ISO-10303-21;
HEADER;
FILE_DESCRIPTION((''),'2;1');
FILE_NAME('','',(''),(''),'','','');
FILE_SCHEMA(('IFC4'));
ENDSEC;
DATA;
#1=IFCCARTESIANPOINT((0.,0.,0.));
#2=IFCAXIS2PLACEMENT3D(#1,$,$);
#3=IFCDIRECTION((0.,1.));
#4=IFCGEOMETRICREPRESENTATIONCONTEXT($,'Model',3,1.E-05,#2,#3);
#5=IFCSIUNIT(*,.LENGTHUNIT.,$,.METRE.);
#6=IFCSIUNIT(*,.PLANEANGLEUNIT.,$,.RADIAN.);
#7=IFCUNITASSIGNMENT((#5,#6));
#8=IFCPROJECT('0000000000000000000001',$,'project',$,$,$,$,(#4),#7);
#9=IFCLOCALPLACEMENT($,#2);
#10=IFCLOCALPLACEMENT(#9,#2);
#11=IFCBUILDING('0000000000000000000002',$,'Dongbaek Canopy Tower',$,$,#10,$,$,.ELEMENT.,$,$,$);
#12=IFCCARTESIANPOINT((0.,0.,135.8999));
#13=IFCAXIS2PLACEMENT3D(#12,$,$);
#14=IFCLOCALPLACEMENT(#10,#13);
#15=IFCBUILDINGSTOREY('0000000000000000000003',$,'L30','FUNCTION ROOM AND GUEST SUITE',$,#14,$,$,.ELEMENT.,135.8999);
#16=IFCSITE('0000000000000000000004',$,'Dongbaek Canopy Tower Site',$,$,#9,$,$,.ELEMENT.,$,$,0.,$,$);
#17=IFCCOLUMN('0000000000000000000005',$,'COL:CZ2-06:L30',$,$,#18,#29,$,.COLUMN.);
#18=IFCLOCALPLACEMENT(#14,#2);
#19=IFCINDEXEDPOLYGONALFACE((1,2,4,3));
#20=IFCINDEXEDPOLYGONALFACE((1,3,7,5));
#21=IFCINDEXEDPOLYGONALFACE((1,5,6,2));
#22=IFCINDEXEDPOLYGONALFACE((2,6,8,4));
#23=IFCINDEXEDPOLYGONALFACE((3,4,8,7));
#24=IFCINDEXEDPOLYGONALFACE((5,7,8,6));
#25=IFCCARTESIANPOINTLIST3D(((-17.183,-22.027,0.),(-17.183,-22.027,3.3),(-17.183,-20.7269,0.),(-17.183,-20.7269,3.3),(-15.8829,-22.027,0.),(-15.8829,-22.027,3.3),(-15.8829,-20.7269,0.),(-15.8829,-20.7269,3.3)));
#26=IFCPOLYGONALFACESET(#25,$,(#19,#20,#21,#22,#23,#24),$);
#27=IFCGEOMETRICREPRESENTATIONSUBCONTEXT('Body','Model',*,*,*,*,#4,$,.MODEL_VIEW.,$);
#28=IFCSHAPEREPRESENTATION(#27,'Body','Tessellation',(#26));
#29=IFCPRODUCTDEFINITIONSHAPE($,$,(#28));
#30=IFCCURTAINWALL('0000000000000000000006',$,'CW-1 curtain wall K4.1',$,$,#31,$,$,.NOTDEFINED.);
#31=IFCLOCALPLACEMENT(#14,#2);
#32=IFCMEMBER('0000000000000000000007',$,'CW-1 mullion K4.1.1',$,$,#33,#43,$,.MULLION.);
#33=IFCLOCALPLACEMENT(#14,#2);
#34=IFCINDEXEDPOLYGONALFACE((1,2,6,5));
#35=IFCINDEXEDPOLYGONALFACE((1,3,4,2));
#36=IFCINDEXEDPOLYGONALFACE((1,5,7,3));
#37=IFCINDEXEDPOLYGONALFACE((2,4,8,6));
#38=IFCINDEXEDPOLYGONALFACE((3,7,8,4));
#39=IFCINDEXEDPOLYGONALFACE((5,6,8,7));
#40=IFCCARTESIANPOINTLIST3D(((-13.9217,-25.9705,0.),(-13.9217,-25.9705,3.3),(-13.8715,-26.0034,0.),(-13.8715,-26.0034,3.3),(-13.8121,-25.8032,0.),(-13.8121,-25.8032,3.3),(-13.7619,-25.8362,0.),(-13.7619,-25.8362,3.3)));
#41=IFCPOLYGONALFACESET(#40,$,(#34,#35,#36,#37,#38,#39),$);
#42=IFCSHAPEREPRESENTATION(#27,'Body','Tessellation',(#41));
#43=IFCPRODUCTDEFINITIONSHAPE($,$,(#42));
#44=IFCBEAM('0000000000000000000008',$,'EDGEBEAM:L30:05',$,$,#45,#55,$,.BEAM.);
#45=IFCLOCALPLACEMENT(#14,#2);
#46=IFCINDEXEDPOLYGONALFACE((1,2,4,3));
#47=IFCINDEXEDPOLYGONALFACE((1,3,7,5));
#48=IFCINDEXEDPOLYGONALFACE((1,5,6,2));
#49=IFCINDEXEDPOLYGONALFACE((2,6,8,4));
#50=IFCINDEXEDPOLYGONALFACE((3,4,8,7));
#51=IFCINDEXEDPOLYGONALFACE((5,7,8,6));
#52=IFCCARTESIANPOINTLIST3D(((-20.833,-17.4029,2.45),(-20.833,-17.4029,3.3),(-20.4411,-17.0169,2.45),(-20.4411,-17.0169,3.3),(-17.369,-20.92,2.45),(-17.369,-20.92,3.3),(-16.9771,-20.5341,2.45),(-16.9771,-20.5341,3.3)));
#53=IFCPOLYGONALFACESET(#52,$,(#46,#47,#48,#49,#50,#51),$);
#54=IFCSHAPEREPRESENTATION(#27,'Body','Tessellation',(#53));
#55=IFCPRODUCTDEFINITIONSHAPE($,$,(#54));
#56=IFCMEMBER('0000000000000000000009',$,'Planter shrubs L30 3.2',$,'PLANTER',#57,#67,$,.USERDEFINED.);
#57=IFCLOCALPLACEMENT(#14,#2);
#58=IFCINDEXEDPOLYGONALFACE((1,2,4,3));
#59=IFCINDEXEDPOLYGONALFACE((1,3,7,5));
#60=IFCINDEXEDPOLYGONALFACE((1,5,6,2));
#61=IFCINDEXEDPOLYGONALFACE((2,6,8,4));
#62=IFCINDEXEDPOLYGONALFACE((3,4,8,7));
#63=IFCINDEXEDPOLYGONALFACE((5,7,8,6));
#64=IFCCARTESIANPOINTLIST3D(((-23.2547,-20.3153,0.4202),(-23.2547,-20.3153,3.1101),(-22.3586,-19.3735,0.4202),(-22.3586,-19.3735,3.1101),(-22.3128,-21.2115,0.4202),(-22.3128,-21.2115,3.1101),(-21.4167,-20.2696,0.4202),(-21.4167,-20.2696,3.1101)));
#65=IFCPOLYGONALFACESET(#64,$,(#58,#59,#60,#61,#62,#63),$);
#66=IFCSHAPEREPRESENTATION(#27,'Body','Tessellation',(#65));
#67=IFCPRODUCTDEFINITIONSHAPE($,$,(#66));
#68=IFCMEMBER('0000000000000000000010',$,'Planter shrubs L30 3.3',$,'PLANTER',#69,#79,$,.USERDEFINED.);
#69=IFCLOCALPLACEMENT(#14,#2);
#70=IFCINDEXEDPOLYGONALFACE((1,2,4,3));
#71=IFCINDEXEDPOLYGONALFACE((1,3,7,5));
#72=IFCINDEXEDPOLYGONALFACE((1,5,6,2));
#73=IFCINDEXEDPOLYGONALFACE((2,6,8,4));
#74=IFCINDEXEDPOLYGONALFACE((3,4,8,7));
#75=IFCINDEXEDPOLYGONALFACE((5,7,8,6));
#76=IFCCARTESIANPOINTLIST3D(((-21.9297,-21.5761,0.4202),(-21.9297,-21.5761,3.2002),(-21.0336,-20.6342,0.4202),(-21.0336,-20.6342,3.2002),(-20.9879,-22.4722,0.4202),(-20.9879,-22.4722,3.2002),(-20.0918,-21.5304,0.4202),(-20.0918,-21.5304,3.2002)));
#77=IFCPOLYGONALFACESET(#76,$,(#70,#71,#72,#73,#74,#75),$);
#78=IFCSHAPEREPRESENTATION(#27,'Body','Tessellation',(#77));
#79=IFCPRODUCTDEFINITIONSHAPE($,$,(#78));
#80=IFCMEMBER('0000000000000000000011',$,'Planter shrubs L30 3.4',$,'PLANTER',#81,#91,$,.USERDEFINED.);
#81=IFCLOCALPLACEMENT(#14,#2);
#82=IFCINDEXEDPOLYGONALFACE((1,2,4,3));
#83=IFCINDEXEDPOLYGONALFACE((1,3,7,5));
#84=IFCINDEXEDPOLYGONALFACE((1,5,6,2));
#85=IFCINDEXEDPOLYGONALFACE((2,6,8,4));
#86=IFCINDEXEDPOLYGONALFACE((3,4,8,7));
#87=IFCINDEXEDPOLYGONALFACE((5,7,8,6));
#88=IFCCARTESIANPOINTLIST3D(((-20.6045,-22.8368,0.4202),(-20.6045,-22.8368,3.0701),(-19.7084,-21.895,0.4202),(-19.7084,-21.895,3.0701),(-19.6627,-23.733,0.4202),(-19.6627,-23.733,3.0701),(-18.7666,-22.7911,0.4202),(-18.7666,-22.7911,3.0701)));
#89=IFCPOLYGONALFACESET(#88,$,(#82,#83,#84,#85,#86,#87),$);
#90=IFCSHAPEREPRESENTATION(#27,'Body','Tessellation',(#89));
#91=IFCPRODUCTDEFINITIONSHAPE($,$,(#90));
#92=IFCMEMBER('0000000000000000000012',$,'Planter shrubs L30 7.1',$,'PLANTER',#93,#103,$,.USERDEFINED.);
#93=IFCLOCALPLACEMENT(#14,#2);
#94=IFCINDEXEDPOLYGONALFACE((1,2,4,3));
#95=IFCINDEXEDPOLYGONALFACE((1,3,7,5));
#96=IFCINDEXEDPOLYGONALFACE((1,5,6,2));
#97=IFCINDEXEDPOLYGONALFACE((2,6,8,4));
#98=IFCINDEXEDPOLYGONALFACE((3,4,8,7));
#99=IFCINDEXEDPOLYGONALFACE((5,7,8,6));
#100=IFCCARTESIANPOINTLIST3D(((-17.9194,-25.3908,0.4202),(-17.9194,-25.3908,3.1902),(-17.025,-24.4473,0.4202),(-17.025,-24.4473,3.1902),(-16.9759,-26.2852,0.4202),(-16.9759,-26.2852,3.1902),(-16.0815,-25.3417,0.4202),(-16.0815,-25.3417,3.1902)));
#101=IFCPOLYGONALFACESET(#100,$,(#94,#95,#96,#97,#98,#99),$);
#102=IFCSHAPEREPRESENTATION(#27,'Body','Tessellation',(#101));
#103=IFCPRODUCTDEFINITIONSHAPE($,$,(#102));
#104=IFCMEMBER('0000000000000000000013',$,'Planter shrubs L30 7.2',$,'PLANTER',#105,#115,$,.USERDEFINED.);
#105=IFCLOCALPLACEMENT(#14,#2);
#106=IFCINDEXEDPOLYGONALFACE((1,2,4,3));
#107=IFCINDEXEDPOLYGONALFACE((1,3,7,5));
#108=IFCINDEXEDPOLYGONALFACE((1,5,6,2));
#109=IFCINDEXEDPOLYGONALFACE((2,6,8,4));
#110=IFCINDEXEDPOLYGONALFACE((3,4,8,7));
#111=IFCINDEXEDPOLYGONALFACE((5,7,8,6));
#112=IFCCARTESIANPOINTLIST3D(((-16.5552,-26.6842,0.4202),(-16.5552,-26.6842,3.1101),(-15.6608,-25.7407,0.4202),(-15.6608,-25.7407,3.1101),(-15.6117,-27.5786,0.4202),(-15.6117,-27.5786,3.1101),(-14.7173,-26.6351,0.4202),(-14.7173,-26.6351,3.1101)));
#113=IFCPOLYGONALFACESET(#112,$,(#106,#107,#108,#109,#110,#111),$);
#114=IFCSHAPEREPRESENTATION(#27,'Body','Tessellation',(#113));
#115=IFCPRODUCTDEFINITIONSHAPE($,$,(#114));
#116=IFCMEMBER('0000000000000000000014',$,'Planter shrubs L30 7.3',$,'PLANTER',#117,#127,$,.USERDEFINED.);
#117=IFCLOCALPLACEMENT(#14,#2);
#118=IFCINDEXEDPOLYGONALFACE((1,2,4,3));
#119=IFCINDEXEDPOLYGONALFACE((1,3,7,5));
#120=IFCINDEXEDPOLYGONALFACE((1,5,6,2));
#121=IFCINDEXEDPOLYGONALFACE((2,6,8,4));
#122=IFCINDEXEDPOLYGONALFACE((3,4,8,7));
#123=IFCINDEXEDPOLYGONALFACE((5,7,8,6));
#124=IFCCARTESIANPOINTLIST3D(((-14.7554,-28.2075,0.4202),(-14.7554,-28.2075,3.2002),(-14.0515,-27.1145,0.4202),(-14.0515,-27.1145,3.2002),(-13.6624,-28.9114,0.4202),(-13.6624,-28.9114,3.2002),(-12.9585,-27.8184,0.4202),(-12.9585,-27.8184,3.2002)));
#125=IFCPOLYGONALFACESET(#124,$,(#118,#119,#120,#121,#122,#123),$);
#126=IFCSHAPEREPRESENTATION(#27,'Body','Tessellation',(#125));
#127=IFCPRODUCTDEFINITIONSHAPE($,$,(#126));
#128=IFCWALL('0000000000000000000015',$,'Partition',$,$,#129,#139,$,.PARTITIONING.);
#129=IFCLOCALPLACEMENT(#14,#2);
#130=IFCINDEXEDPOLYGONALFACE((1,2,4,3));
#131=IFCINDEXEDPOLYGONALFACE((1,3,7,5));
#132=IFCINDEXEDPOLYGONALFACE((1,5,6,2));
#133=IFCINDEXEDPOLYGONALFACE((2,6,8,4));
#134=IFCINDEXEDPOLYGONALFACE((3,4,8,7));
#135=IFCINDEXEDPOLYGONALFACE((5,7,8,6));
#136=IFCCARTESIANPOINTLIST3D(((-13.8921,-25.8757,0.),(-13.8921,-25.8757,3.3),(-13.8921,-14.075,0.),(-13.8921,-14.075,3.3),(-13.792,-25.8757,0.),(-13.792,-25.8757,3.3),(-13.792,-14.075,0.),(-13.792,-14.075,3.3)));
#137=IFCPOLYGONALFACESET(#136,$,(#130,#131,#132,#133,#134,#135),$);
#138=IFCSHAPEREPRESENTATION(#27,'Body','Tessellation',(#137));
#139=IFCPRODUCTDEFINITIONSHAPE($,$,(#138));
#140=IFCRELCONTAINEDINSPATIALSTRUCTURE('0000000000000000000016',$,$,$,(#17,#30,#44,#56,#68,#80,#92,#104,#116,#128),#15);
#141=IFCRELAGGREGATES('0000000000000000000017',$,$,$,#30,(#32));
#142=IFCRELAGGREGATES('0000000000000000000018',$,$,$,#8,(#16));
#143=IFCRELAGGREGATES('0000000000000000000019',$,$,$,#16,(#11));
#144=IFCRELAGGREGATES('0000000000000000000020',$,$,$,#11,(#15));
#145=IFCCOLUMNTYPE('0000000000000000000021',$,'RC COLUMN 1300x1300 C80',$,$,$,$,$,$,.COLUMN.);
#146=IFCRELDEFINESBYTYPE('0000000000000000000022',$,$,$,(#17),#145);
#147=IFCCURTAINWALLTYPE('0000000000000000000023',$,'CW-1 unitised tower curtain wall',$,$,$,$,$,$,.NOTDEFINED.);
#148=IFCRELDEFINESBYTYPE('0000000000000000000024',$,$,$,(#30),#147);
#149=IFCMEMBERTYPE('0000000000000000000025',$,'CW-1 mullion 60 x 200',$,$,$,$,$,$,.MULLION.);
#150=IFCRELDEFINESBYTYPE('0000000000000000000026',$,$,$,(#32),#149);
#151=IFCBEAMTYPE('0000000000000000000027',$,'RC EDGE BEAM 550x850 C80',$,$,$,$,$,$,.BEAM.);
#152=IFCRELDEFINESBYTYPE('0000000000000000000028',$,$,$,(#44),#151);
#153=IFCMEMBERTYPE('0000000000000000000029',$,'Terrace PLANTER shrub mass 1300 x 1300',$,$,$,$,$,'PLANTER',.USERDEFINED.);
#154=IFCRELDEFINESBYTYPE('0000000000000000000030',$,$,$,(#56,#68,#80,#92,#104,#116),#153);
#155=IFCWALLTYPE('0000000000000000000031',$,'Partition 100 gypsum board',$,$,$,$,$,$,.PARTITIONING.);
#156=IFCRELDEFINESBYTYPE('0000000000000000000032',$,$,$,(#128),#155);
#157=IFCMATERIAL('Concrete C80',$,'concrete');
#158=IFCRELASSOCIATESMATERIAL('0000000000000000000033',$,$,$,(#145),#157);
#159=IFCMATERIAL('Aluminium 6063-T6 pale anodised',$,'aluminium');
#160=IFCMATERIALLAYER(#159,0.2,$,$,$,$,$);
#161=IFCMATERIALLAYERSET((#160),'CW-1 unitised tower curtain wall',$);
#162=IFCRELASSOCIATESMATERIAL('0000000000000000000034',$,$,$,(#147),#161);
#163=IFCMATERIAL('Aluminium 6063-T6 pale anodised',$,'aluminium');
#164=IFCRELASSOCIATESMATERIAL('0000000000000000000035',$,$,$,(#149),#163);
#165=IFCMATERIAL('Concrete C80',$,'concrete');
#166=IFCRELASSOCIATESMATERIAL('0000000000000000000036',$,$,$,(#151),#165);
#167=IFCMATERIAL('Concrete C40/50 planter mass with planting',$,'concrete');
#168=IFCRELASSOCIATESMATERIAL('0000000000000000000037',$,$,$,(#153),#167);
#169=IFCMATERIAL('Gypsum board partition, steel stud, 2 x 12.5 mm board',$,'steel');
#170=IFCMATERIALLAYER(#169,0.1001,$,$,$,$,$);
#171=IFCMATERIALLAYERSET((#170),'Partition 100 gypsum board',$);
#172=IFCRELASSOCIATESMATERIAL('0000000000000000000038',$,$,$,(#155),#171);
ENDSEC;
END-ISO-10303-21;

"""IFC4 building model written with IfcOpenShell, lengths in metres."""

from ifc_helpers import new_model, si_unit, direction, frame, frame_2d, origin, origin_2d, place, context, subcontext, project, spatial, rectangle, extrude, material, layer, layer_set, material_profile, profile_set, type_object, element, aggregate, save


model = new_model("IFC4")

# Units and contexts
model_context = context("Model", 3, precision=1e-05, world=origin(), true_north=direction((0.0, 1.0)))
body_context = subcontext(model_context, "Body", "Model", "MODEL_VIEW")
ifc_project = project(units=[si_unit("LENGTHUNIT", "METRE"), si_unit("PLANEANGLEUNIT", "RADIAN")], contexts=[model_context])

# Site, building, storey
site_placement = place(None, origin())
site = spatial("IfcSite", under=ifc_project, at=site_placement, Name="Dongbaek Canopy Tower Site", CompositionType="ELEMENT", RefElevation=0.0)
building_placement = place(site_placement, origin())
building = spatial("IfcBuilding", under=site, at=building_placement, Name="Dongbaek Canopy Tower", CompositionType="ELEMENT")
storey_placement = place(building_placement, frame((0.0, 0.0, 135.8999)))
storey = spatial("IfcBuildingStorey", under=building, at=storey_placement, Name="L30", Description="FUNCTION ROOM AND GUEST SUITE", CompositionType="ELEMENT", Elevation=135.8999)

# Column
ifc_material_1 = material(Name="Concrete C80", Category="concrete")
ifc_material_profile_1 = material_profile(ifc_material_1, rectangle(XDim=1.3, YDim=1.3, at=origin_2d()), Name="RC COLUMN 1300x1300 C80")
ifc_profile_set_1 = profile_set([ifc_material_profile_1], Name="Concrete C80")
column_type = type_object("IfcColumnType", Name="RC COLUMN 1300x1300 C80", PredefinedType="COLUMN", material=ifc_profile_set_1)
column_placement = place(storey_placement, frame((-16.533, -21.377, 0.0), z_axis=(0.0, 0.0, 1.0), x_axis=(1.0, 0.0, 0.0)))
element("IfcColumn", 1, at=column_placement, inside=storey, type_object=column_type, Name="COL:CZ2-06:L30", PredefinedType="COLUMN", context=body_context, shape_type="SweptSolid", body=[
    extrude(rectangle(XDim=1.3, YDim=1.3, at=origin_2d()), origin(), (0.0, 0.0, 1.0), 3.3),
])

# Curtain wall, member
ifc_material_2 = material(Name="Aluminium 6063-T6 pale anodised", Category="aluminium")
ifc_layer_1 = layer(ifc_material_2, 0.2)
ifc_layer_set_1 = layer_set([ifc_layer_1], Name="CW-1 unitised tower curtain wall")
curtain_wall_type = type_object("IfcCurtainWallType", Name="CW-1 unitised tower curtain wall", PredefinedType="NOTDEFINED", material=ifc_layer_set_1)
curtain_wall_placement = place(storey_placement, origin())
curtain_wall = element("IfcCurtainWall", 2, at=curtain_wall_placement, inside=storey, type_object=curtain_wall_type, Name="CW-1 curtain wall K4.1", PredefinedType="NOTDEFINED")
ifc_material_3 = material(Name="Aluminium 6063-T6 pale anodised", Category="aluminium")
ifc_material_profile_2 = material_profile(ifc_material_3, rectangle(XDim=0.2, YDim=0.0601, at=origin_2d()), Name="CW-1 mullion 60 x 200")
ifc_profile_set_2 = profile_set([ifc_material_profile_2], Name="Aluminium 6063-T6 pale anodised")
member_type_1 = type_object("IfcMemberType", Name="CW-1 mullion 60 x 200", PredefinedType="MULLION", material=ifc_profile_set_2)
member_1_placement = place(storey_placement, frame((-13.8418, -25.9033, 0.0), z_axis=(0.0, 0.0, 1.0), x_axis=(-0.54806, -0.836439, 0.0)))
member_1 = element("IfcMember", 3, at=member_1_placement, type_object=member_type_1, Name="CW-1 mullion K4.1.1", PredefinedType="MULLION", context=body_context, shape_type="SweptSolid", body=[
    extrude(rectangle(XDim=0.2, YDim=0.0601, at=origin_2d()), origin(), (0.0, 0.0, 1.0), 3.3),
])
aggregate(curtain_wall, [member_1])

# Beam
ifc_material_4 = material(Name="Concrete C80", Category="concrete")
ifc_material_profile_3 = material_profile(ifc_material_4, rectangle(XDim=0.55, YDim=0.8501, at=origin_2d()), Name="RC EDGE BEAM 550x850 C80")
ifc_profile_set_3 = profile_set([ifc_material_profile_3], Name="Concrete C80")
beam_type = type_object("IfcBeamType", Name="RC EDGE BEAM 550x850 C80", PredefinedType="BEAM", material=ifc_profile_set_3)
beam_placement = place(storey_placement, frame((-17.1731, -20.7271, 2.875), z_axis=(-0.701695, 0.712477, 0.0), x_axis=(-0.712477, -0.701695, 0.0)))
element("IfcBeam", 4, at=beam_placement, inside=storey, type_object=beam_type, Name="EDGEBEAM:L30:05", PredefinedType="BEAM", context=body_context, shape_type="SweptSolid", body=[
    extrude(rectangle(XDim=0.55, YDim=0.8501, at=origin_2d()), origin(), (0.0, 0.0, 1.0), 4.9365),
])

# Members
ifc_material_5 = material(Name="Concrete C40/50 planter mass with planting", Category="concrete")
ifc_material_profile_4 = material_profile(ifc_material_5, rectangle(XDim=1.3, YDim=1.3, at=origin_2d()), Name="Terrace PLANTER shrub mass 1300 x 1300")
ifc_profile_set_4 = profile_set([ifc_material_profile_4], Name="Concrete C40/50 planter mass with planting")
member_type_2 = type_object("IfcMemberType", Name="Terrace PLANTER shrub mass 1300 x 1300", ElementType="PLANTER", PredefinedType="USERDEFINED", material=ifc_profile_set_4)
member_2_placement = place(storey_placement, frame((-22.3357, -20.2925, 0.4202), z_axis=(0.0, 0.0, 1.0), x_axis=(-0.689302, -0.724474, 0.0)))
element("IfcMember", 5, at=member_2_placement, inside=storey, type_object=member_type_2, Name="Planter shrubs L30 3.2", ObjectType="PLANTER", PredefinedType="USERDEFINED", context=body_context, shape_type="SweptSolid", body=[
    extrude(rectangle(XDim=1.3, YDim=1.3, at=origin_2d()), origin(), (0.0, 0.0, 1.0), 2.6899),
])
member_3_placement = place(storey_placement, frame((-21.0107, -21.5532, 0.4202), z_axis=(0.0, 0.0, 1.0), x_axis=(-0.689302, -0.724474, 0.0)))
element("IfcMember", 6, at=member_3_placement, inside=storey, type_object=member_type_2, Name="Planter shrubs L30 3.3", ObjectType="PLANTER", PredefinedType="USERDEFINED", context=body_context, shape_type="SweptSolid", body=[
    extrude(rectangle(XDim=1.3, YDim=1.3, at=origin_2d()), origin(), (0.0, 0.0, 1.0), 2.78),
])
member_4_placement = place(storey_placement, frame((-19.6855, -22.814, 0.4202), z_axis=(0.0, 0.0, 1.0), x_axis=(-0.689302, -0.724474, 0.0)))
element("IfcMember", 7, at=member_4_placement, inside=storey, type_object=member_type_2, Name="Planter shrubs L30 3.4", ObjectType="PLANTER", PredefinedType="USERDEFINED", context=body_context, shape_type="SweptSolid", body=[
    extrude(rectangle(XDim=1.3, YDim=1.3, at=origin_2d()), origin(), (0.0, 0.0, 1.0), 2.6499),
])
member_5_placement = place(storey_placement, frame((-17.0005, -25.3662, 0.4202), z_axis=(0.0, 0.0, 1.0), x_axis=(-0.687976, -0.725734, 0.0)))
element("IfcMember", 8, at=member_5_placement, inside=storey, type_object=member_type_2, Name="Planter shrubs L30 7.1", ObjectType="PLANTER", PredefinedType="USERDEFINED", context=body_context, shape_type="SweptSolid", body=[
    extrude(rectangle(XDim=1.3, YDim=1.3, at=origin_2d()), origin(), (0.0, 0.0, 1.0), 2.77),
])
member_6_placement = place(storey_placement, frame((-15.6362, -26.6597, 0.4202), z_axis=(0.0, 0.0, 1.0), x_axis=(-0.687976, -0.725734, 0.0)))
element("IfcMember", 9, at=member_6_placement, inside=storey, type_object=member_type_2, Name="Planter shrubs L30 7.2", ObjectType="PLANTER", PredefinedType="USERDEFINED", context=body_context, shape_type="SweptSolid", body=[
    extrude(rectangle(XDim=1.3, YDim=1.3, at=origin_2d()), origin(), (0.0, 0.0, 1.0), 2.6899),
])
member_7_placement = place(storey_placement, frame((-13.8569, -28.0129, 0.4202), z_axis=(0.0, 0.0, 1.0), x_axis=(-0.541449, -0.840734, 0.0)))
element("IfcMember", 10, at=member_7_placement, inside=storey, type_object=member_type_2, Name="Planter shrubs L30 7.3", ObjectType="PLANTER", PredefinedType="USERDEFINED", context=body_context, shape_type="SweptSolid", body=[
    extrude(rectangle(XDim=1.3, YDim=1.3, at=origin_2d()), origin(), (0.0, 0.0, 1.0), 2.78),
])

# Wall
ifc_material_6 = material(Name="Gypsum board partition, steel stud, 2 x 12.5 mm board", Category="steel")
ifc_layer_2 = layer(ifc_material_6, 0.1001)
ifc_layer_set_2 = layer_set([ifc_layer_2], Name="Partition 100 gypsum board")
wall_type_1 = type_object("IfcWallType", Name="Partition 100 gypsum board", PredefinedType="PARTITIONING", material=ifc_layer_set_2)
wall_1_placement = place(storey_placement, frame((-13.842, -25.8757, 0.0), z_axis=(0.0, 0.0, 1.0), x_axis=(0.0, 1.0, 0.0)))
element("IfcWall", 11, at=wall_1_placement, inside=storey, type_object=wall_type_1, Name="Partition", PredefinedType="PARTITIONING", context=body_context, shape_type="SweptSolid", body=[
    extrude(rectangle(XDim=11.8008, YDim=0.1001, at=frame_2d((5.9004, 0.0))), origin(), (0.0, 0.0, 1.0), 3.3),
])

save(model, "model.ifc")
